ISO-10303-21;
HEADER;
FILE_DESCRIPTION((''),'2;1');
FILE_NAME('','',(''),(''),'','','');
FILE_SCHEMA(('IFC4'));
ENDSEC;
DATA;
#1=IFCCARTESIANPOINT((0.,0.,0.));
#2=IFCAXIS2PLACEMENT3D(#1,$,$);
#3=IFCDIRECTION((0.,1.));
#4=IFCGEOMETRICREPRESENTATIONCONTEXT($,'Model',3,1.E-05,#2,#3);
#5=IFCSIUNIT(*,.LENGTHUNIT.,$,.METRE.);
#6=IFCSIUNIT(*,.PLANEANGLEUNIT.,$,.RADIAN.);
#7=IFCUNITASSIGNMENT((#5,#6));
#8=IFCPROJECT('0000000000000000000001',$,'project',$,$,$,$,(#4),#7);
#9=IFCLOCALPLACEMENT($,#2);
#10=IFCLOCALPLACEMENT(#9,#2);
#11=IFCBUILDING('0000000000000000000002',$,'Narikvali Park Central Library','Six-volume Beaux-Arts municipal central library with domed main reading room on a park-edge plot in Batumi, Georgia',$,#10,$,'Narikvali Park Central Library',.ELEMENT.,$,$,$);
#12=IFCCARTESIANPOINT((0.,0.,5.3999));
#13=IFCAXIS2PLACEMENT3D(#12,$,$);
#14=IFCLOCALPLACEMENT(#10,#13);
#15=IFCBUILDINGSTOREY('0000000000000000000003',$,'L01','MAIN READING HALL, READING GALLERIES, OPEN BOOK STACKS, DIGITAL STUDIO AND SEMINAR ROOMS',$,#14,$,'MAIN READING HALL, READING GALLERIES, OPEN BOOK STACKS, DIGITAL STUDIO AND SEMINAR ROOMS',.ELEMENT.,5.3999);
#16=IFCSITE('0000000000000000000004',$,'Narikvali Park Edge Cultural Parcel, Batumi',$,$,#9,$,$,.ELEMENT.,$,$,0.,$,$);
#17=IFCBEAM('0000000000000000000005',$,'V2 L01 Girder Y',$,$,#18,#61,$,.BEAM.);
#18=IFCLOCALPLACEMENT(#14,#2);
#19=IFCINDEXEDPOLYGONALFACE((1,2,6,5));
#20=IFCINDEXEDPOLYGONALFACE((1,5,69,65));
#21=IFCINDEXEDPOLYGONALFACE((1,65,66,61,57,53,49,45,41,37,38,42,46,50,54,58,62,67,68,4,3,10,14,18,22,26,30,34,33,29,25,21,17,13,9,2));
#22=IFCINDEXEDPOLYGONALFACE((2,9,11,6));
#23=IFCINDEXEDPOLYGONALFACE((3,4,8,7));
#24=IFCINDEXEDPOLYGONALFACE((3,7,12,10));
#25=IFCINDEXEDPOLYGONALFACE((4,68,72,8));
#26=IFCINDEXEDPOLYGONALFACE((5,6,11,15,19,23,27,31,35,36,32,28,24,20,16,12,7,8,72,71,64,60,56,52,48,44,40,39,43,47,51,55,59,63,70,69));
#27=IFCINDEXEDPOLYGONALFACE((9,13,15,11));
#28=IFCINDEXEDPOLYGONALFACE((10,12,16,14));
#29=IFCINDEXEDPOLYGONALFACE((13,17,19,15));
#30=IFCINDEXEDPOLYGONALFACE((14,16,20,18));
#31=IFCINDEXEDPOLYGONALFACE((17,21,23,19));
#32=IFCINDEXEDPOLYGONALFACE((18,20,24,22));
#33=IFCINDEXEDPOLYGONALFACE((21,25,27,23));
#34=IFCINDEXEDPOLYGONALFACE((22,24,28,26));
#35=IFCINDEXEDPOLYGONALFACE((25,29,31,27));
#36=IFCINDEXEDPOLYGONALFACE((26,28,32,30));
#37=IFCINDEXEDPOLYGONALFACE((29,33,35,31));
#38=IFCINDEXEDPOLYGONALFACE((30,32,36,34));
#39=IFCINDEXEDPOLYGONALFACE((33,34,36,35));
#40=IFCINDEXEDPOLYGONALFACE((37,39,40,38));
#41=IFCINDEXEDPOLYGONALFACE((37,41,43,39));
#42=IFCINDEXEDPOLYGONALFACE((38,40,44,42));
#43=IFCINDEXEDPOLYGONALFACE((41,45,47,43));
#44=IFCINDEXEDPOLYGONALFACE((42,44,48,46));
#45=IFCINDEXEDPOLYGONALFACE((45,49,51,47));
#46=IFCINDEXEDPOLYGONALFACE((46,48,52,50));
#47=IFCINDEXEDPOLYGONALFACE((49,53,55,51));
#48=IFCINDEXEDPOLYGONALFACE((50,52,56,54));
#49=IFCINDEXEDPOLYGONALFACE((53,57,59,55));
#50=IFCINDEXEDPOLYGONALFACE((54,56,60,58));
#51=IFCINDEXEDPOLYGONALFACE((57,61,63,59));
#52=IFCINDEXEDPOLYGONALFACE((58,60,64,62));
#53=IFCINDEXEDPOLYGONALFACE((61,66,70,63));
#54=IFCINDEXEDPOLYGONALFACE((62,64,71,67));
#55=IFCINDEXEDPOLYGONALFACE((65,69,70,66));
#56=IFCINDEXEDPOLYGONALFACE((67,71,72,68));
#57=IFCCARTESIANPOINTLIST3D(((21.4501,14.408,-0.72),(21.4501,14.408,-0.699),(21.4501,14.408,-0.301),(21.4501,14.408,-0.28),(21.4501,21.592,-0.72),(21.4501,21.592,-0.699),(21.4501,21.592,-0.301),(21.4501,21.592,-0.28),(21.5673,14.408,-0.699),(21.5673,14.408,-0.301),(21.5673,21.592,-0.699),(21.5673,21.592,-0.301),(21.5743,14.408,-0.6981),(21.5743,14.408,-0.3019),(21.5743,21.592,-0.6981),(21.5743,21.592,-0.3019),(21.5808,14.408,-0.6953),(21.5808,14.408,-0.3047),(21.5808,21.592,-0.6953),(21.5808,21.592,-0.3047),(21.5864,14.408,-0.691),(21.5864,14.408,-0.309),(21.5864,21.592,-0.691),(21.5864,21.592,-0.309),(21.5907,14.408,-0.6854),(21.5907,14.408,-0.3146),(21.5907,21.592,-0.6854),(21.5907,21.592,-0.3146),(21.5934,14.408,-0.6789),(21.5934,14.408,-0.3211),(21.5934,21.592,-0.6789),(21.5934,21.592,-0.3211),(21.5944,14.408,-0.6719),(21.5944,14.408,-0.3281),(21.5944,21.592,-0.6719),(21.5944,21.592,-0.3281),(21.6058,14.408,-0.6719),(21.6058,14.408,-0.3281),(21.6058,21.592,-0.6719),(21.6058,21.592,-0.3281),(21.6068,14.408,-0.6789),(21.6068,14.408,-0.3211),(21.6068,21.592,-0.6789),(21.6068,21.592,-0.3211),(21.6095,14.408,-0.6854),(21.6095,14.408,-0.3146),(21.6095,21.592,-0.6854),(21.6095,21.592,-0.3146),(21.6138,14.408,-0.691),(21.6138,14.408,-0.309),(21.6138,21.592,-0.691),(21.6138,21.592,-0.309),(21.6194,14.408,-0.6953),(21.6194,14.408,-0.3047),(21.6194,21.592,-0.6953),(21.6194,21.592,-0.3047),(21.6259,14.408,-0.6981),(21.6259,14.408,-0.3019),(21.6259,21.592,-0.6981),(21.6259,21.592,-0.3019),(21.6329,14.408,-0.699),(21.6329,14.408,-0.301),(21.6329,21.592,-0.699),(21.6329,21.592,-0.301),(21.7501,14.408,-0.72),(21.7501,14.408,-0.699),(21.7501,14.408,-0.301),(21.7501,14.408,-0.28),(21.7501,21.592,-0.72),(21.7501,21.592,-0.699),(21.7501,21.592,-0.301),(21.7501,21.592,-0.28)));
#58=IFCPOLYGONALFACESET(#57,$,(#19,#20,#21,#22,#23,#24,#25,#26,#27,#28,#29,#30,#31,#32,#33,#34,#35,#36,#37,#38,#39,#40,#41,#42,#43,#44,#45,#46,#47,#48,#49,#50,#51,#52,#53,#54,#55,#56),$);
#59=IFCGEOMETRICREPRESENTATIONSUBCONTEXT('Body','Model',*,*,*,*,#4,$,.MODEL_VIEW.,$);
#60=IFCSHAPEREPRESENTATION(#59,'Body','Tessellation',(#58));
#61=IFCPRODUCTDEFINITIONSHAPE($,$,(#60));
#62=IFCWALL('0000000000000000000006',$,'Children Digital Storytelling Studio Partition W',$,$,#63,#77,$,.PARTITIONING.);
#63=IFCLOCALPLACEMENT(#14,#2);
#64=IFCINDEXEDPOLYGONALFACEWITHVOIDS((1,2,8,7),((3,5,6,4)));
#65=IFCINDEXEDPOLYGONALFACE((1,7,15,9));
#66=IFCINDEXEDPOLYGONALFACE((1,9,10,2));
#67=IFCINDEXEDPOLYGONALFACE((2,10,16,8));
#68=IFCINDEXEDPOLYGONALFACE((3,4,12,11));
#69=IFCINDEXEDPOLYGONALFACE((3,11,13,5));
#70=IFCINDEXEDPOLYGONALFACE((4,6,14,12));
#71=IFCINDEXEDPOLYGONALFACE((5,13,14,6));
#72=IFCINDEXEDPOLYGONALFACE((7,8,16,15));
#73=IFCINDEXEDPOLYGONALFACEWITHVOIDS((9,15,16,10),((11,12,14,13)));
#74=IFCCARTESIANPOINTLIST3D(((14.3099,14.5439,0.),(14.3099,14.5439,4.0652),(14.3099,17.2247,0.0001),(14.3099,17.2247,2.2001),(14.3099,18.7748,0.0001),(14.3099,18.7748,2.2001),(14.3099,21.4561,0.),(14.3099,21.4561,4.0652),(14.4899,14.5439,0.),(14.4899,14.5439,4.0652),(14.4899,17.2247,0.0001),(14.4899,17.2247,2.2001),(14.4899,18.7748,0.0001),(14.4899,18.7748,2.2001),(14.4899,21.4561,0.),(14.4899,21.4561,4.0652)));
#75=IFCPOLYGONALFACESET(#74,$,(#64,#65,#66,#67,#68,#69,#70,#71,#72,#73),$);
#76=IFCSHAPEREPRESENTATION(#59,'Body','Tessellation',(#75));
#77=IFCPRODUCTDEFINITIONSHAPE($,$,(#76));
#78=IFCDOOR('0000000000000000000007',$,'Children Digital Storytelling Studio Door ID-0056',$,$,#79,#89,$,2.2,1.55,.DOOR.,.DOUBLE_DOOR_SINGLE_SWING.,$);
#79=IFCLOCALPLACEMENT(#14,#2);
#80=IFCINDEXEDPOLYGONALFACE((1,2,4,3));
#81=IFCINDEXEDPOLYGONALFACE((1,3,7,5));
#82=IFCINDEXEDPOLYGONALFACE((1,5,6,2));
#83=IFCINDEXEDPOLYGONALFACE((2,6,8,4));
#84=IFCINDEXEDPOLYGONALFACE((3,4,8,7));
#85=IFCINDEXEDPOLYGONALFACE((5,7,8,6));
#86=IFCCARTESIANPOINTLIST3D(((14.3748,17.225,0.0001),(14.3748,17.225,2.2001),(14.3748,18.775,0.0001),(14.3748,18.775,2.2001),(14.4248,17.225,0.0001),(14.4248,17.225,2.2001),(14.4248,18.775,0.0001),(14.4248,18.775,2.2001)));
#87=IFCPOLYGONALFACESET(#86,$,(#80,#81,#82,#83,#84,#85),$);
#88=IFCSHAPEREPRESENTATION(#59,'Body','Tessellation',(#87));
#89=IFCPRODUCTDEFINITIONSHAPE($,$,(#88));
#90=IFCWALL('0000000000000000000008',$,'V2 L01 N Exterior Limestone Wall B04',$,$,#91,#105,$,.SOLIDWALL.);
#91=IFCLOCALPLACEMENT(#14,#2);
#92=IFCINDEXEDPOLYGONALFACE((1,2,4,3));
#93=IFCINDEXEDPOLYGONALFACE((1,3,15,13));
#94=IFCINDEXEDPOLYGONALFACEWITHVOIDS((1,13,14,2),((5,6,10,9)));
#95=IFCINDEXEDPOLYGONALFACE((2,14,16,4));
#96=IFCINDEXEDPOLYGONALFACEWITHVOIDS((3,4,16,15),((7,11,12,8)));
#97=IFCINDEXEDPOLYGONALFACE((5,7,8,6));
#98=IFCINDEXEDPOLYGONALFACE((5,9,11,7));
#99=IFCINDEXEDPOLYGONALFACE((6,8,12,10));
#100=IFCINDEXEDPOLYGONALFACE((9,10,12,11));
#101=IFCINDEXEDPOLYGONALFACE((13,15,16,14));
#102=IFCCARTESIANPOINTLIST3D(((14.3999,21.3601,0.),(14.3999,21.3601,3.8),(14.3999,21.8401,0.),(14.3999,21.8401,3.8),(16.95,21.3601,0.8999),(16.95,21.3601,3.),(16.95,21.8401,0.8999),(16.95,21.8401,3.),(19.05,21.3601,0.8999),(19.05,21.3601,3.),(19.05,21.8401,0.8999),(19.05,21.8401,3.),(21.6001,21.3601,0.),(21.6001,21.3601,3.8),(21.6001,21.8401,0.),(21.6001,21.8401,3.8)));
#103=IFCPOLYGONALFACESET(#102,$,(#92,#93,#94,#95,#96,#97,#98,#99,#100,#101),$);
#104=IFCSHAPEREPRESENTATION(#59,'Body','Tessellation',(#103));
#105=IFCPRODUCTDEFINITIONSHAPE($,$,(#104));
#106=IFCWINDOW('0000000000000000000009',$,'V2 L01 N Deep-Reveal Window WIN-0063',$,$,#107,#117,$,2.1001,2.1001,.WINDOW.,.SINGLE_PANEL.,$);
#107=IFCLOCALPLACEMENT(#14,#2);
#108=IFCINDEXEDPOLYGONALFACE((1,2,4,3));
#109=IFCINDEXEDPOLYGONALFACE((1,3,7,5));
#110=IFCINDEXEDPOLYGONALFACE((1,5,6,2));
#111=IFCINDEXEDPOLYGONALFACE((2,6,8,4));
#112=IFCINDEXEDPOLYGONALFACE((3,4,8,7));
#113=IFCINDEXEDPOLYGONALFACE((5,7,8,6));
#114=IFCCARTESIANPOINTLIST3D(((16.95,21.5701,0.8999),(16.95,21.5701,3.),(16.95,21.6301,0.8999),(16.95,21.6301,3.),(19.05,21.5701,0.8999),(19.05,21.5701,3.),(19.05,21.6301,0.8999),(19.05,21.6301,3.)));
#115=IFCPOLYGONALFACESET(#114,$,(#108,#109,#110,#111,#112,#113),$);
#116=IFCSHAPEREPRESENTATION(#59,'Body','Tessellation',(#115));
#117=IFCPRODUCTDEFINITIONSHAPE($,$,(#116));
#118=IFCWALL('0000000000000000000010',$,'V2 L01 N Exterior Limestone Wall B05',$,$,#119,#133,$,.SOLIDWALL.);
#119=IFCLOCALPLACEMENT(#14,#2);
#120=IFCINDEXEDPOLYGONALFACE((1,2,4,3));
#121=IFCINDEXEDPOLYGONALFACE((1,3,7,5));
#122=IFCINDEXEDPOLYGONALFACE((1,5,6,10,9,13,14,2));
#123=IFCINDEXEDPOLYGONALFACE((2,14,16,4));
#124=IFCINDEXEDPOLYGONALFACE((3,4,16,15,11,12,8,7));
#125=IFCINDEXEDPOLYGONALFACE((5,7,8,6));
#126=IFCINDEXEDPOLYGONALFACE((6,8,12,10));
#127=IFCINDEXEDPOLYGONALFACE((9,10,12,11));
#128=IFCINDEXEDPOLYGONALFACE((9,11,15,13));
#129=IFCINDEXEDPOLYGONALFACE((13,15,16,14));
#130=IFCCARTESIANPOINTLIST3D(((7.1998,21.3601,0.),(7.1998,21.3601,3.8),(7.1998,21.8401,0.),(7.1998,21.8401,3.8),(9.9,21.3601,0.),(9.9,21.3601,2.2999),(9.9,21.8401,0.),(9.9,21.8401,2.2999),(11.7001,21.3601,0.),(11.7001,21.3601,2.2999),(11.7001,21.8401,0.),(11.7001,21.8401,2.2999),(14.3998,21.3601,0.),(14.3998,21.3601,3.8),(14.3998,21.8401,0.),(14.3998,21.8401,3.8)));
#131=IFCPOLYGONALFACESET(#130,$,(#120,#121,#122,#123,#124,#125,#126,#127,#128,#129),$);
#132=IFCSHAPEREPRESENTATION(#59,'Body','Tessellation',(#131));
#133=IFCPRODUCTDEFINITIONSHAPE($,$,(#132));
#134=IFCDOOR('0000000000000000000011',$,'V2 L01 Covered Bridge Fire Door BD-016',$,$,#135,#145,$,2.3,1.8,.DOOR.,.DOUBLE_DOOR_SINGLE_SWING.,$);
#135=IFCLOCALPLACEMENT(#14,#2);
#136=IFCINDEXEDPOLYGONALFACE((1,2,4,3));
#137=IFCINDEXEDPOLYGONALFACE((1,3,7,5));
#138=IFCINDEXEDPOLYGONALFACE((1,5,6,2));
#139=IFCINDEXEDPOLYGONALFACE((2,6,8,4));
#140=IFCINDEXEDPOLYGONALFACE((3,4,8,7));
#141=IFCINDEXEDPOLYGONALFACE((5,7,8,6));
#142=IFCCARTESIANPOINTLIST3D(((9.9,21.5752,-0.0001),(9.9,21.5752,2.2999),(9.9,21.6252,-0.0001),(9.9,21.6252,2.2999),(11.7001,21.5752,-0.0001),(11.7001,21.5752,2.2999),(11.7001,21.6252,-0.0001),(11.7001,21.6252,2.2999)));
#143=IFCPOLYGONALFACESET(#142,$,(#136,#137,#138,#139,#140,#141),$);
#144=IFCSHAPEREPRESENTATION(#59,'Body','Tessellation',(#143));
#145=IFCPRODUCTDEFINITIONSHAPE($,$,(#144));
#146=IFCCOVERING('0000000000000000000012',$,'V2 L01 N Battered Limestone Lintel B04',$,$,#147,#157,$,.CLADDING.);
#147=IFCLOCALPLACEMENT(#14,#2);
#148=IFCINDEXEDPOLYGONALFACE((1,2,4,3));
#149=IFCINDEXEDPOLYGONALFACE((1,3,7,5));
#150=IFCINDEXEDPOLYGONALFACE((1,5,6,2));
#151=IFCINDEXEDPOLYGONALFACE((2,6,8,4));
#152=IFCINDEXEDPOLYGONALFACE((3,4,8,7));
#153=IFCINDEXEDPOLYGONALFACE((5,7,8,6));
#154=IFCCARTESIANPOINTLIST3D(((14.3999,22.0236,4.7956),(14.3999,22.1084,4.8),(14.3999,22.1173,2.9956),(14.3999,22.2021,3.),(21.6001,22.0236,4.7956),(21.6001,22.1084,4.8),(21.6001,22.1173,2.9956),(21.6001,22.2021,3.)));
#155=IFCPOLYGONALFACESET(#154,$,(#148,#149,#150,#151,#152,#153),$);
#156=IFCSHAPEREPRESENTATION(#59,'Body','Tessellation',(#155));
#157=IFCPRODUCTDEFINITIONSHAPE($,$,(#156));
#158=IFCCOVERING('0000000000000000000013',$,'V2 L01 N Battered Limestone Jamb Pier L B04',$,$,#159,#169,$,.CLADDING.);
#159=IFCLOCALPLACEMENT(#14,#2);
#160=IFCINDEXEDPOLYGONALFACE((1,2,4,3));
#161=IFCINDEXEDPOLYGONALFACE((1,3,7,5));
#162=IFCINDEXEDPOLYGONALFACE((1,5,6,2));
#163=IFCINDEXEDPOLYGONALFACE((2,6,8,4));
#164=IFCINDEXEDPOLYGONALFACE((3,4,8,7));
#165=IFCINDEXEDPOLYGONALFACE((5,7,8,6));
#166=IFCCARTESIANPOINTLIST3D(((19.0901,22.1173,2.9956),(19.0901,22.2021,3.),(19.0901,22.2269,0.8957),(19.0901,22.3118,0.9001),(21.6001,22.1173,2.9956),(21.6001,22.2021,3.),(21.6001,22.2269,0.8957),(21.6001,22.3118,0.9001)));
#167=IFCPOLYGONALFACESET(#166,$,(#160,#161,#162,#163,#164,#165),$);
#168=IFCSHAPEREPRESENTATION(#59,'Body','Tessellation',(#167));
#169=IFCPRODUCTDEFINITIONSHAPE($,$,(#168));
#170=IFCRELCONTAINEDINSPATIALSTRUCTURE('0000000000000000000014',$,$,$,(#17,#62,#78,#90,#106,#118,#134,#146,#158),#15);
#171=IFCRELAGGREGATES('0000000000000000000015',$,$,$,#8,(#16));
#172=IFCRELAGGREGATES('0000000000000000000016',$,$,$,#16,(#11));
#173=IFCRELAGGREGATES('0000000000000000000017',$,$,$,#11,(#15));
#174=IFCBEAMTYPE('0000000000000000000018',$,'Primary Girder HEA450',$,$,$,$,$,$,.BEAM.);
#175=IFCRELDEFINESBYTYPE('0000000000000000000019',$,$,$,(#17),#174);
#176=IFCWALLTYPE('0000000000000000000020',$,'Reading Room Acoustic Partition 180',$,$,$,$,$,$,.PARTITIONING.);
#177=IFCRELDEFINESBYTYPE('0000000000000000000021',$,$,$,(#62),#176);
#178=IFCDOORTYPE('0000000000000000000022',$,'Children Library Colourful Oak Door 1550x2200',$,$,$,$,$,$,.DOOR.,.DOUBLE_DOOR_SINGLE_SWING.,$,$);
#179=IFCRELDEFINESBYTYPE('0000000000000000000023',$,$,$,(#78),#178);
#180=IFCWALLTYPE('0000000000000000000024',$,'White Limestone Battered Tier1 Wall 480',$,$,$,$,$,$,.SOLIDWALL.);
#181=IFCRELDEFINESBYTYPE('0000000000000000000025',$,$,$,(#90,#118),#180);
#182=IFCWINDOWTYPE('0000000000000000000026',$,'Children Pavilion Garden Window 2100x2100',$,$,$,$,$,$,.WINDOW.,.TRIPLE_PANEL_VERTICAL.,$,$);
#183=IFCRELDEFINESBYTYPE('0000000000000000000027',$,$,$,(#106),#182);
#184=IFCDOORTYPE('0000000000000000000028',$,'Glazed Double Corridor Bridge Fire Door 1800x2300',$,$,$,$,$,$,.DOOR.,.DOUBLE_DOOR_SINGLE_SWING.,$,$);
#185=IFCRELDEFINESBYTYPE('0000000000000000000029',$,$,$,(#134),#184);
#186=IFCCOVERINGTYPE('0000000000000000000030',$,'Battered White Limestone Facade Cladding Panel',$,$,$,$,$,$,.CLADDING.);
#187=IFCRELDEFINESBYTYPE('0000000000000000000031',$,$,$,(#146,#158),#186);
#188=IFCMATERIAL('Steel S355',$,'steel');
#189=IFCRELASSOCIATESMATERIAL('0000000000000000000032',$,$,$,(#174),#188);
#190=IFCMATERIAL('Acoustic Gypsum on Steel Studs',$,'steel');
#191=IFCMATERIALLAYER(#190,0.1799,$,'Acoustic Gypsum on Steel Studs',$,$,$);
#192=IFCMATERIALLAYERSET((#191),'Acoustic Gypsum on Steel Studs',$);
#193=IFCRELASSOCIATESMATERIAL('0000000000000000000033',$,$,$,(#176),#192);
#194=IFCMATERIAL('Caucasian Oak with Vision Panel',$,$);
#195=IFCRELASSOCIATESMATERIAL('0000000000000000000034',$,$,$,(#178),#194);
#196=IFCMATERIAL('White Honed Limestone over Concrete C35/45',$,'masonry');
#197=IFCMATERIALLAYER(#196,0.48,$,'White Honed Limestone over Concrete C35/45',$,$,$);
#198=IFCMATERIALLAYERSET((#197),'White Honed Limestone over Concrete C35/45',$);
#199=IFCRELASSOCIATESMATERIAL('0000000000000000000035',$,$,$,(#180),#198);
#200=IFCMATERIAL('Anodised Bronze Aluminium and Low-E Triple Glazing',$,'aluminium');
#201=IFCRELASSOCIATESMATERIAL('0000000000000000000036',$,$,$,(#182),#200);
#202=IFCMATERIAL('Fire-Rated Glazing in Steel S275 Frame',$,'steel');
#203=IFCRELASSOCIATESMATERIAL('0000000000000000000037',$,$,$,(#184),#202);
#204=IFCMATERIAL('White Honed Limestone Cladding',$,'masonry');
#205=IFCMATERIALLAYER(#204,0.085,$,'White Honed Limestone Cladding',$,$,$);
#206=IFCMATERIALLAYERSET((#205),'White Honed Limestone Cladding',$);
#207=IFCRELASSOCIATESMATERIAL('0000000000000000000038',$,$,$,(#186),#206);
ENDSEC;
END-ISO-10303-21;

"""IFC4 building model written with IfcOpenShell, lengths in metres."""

from ifc_helpers import new_model, si_unit, direction, frame, frame_2d, origin, origin_2d, place, context, subcontext, project, spatial, polyline, rectangle, i_section, outline, extrude, material, layer, layer_set, material_profile, profile_set, type_object, element, fill, save


model = new_model("IFC4")

# Units and contexts
model_context = context("Model", 3, precision=1e-05, world=origin(), true_north=direction((0.0, 1.0)))
body_context = subcontext(model_context, "Body", "Model", "MODEL_VIEW")
ifc_project = project(units=[si_unit("LENGTHUNIT", "METRE"), si_unit("PLANEANGLEUNIT", "RADIAN")], contexts=[model_context])

# Site, building, storey
site_placement = place(None, origin())
site = spatial("IfcSite", under=ifc_project, at=site_placement, Name="Narikvali Park Edge Cultural Parcel, Batumi", CompositionType="ELEMENT", RefElevation=0.0)
building_placement = place(site_placement, origin())
building = spatial("IfcBuilding", under=site, at=building_placement, Name="Narikvali Park Central Library", Description="Six-volume Beaux-Arts municipal central library with domed main reading room on a park-edge plot in Batumi, Georgia", LongName="Narikvali Park Central Library", CompositionType="ELEMENT")
storey_placement = place(building_placement, frame((0.0, 0.0, 5.3999)))
storey = spatial("IfcBuildingStorey", under=building, at=storey_placement, Name="L01", Description="MAIN READING HALL, READING GALLERIES, OPEN BOOK STACKS, DIGITAL STUDIO AND SEMINAR ROOMS", LongName="MAIN READING HALL, READING GALLERIES, OPEN BOOK STACKS, DIGITAL STUDIO AND SEMINAR ROOMS", CompositionType="ELEMENT", Elevation=5.3999)

# Shared definitions
ifc_material_1 = material(Name="Steel S355", Category="steel")

# Beam
ifc_material_profile_1 = material_profile(ifc_material_1, i_section(OverallWidth=0.3, OverallDepth=0.4399, WebThickness=0.0115, FlangeThickness=0.021, FilletRadius=0.0271, at=origin_2d()), Name="HEA 450")
ifc_profile_set_1 = profile_set([ifc_material_profile_1], Name="Steel S355")
beam_type_1 = type_object("IfcBeamType", Name="Primary Girder HEA450", PredefinedType="BEAM", material=ifc_profile_set_1)
for number, where, z_axis, x_axis, name in (
    (1, (21.6001, 14.408, -0.5), (0.0, 1.0, 0.0), (-1.0, 0.0, 0.0), "V2 L01 Girder Y"),
):
    element("IfcBeam", number, at=place(storey_placement, frame(where, z_axis=z_axis, x_axis=x_axis)), inside=storey, type_object=beam_type_1, Name=name, PredefinedType="BEAM", context=body_context, shape_type="SweptSolid", body=[
        extrude(i_section(OverallWidth=0.3, OverallDepth=0.4399, WebThickness=0.0115, FlangeThickness=0.021, FilletRadius=0.0271, at=origin_2d()), origin(), (0.0, 0.0, 1.0), 7.1841),
    ])

# Wall, opening, door
ifc_material_2 = material(Name="Acoustic Gypsum on Steel Studs", Category="steel")
ifc_layer_1 = layer(ifc_material_2, 0.1799, Name="Acoustic Gypsum on Steel Studs")
ifc_layer_set_1 = layer_set([ifc_layer_1], Name="Acoustic Gypsum on Steel Studs")
wall_type_1 = type_object("IfcWallType", Name="Reading Room Acoustic Partition 180", PredefinedType="PARTITIONING", material=ifc_layer_set_1)
wall_1_placement = place(storey_placement, frame((14.3999, 14.5439, 0.0), z_axis=(0.0, 0.0, 1.0), x_axis=(0.0, 1.0, 0.0)))
wall_1 = element("IfcWall", 2, at=wall_1_placement, inside=storey, type_object=wall_type_1, Name="Children Digital Storytelling Studio Partition W", PredefinedType="PARTITIONING", context=body_context, shape_type="SweptSolid", body=[
    extrude(rectangle(XDim=6.9121, YDim=0.1799, at=frame_2d((3.4561, 0.0))), origin(), (0.0, 0.0, 1.0), 4.0652),
])
opening_1_placement = place(wall_1_placement, frame((2.6809, 0.0, 0.0)))
opening_1 = element("IfcOpeningElement", 3, at=opening_1_placement, cuts=wall_1, PredefinedType="OPENING", context=body_context, shape_type="SweptSolid", body=[
    extrude(rectangle(XDim=1.55, YDim=2.2, at=frame_2d((0.7749, 1.1001))), frame((0.0, 0.1021, 0.0), z_axis=(0.0, -1.0, 0.0), x_axis=(1.0, 0.0, 0.0)), (0.0, 0.0, 1.0), 0.2039),
])
ifc_material_3 = material(Name="Caucasian Oak with Vision Panel")
door_type_1 = type_object("IfcDoorType", Name="Children Library Colourful Oak Door 1550x2200", OperationType="DOUBLE_DOOR_SINGLE_SWING", PredefinedType="DOOR", material=ifc_material_3)
door_1_placement = place(opening_1_placement, frame((1.55, 0.0, 0.0), z_axis=(0.0, 0.0, 1.0), x_axis=(-1.0, 0.0, 0.0)))
door_1 = element("IfcDoor", 4, at=door_1_placement, inside=storey, type_object=door_type_1, Name="Children Digital Storytelling Studio Door ID-0056", OperationType="DOUBLE_DOOR_SINGLE_SWING", OverallHeight=2.2, OverallWidth=1.55, PredefinedType="DOOR", context=body_context, shape_type="SweptSolid", body=[
    extrude(rectangle(XDim=1.55, YDim=2.2, at=frame_2d((0.7749, 1.1001))), frame((0.0, 0.0249, 0.0), z_axis=(0.0, -1.0, 0.0), x_axis=(1.0, 0.0, 0.0)), (0.0, 0.0, 1.0), 0.05),
])
fill(opening_1, door_1)

# Wall, opening, window
ifc_material_4 = material(Name="White Honed Limestone over Concrete C35/45", Category="masonry")
ifc_layer_2 = layer(ifc_material_4, 0.48, Name="White Honed Limestone over Concrete C35/45")
ifc_layer_set_2 = layer_set([ifc_layer_2], Name="White Honed Limestone over Concrete C35/45")
wall_type_2 = type_object("IfcWallType", Name="White Limestone Battered Tier1 Wall 480", PredefinedType="SOLIDWALL", material=ifc_layer_set_2)
wall_2_placement = place(storey_placement, frame((21.6001, 21.6001, 0.0), z_axis=(0.0, 0.0, 1.0), x_axis=(-1.0, 0.0, 0.0)))
wall_2 = element("IfcWall", 5, at=wall_2_placement, inside=storey, type_object=wall_type_2, Name="V2 L01 N Exterior Limestone Wall B04", PredefinedType="SOLIDWALL", context=body_context, shape_type="SweptSolid", body=[
    extrude(rectangle(XDim=7.2002, YDim=0.48, at=frame_2d((3.6001, 0.0))), origin(), (0.0, 0.0, 1.0), 3.8),
])
opening_2_placement = place(wall_2_placement, frame((2.55, 0.0, 0.8999)))
opening_2 = element("IfcOpeningElement", 6, at=opening_2_placement, cuts=wall_2, PredefinedType="OPENING", context=body_context, shape_type="SweptSolid", body=[
    extrude(rectangle(XDim=2.1001, YDim=2.1001, at=frame_2d((1.05, 1.05))), frame((0.0, 0.252, 0.0), z_axis=(0.0, -1.0, 0.0), x_axis=(1.0, 0.0, 0.0)), (0.0, 0.0, 1.0), 0.5039),
])
ifc_material_5 = material(Name="Anodised Bronze Aluminium and Low-E Triple Glazing", Category="aluminium")
window_type = type_object("IfcWindowType", Name="Children Pavilion Garden Window 2100x2100", PartitioningType="TRIPLE_PANEL_VERTICAL", PredefinedType="WINDOW", material=ifc_material_5)
window_placement = place(opening_2_placement, origin())
window = element("IfcWindow", 7, at=window_placement, inside=storey, type_object=window_type, Name="V2 L01 N Deep-Reveal Window WIN-0063", OverallHeight=2.1001, OverallWidth=2.1001, PartitioningType="SINGLE_PANEL", PredefinedType="WINDOW", context=body_context, shape_type="SweptSolid", body=[
    extrude(rectangle(XDim=2.1001, YDim=2.1001, at=frame_2d((1.05, 1.05))), frame((0.0, 0.03, 0.0), z_axis=(0.0, -1.0, 0.0), x_axis=(1.0, 0.0, 0.0)), (0.0, 0.0, 1.0), 0.0601),
])
fill(opening_2, window)

# Wall, opening, door
wall_3_placement = place(storey_placement, frame((14.3999, 21.6001, 0.0), z_axis=(0.0, 0.0, 1.0), x_axis=(-1.0, 0.0, 0.0)))
wall_3 = element("IfcWall", 8, at=wall_3_placement, inside=storey, type_object=wall_type_2, Name="V2 L01 N Exterior Limestone Wall B05", PredefinedType="SOLIDWALL", context=body_context, shape_type="SweptSolid", body=[
    extrude(rectangle(XDim=7.2, YDim=0.48, at=frame_2d((3.6001, 0.0))), origin(), (0.0, 0.0, 1.0), 3.8),
])
opening_3_placement = place(wall_3_placement, frame((2.7, 0.0, 0.0)))
opening_3 = element("IfcOpeningElement", 9, at=opening_3_placement, cuts=wall_3, PredefinedType="OPENING", context=body_context, shape_type="SweptSolid", body=[
    extrude(rectangle(XDim=1.8, YDim=2.3, at=frame_2d((0.8999, 1.1499))), frame((0.0, 0.252, 0.0), z_axis=(0.0, -1.0, 0.0), x_axis=(1.0, 0.0, 0.0)), (0.0, 0.0, 1.0), 0.5039),
])
ifc_material_6 = material(Name="Fire-Rated Glazing in Steel S275 Frame", Category="steel")
door_type_2 = type_object("IfcDoorType", Name="Glazed Double Corridor Bridge Fire Door 1800x2300", OperationType="DOUBLE_DOOR_SINGLE_SWING", PredefinedType="DOOR", material=ifc_material_6)
door_2_placement = place(opening_3_placement, origin())
door_2 = element("IfcDoor", 10, at=door_2_placement, inside=storey, type_object=door_type_2, Name="V2 L01 Covered Bridge Fire Door BD-016", OperationType="DOUBLE_DOOR_SINGLE_SWING", OverallHeight=2.3, OverallWidth=1.8, PredefinedType="DOOR", context=body_context, shape_type="SweptSolid", body=[
    extrude(rectangle(XDim=1.8, YDim=2.3, at=frame_2d((0.8999, 1.1499))), frame((0.0, 0.0249, 0.0), z_axis=(0.0, -1.0, 0.0), x_axis=(1.0, 0.0, 0.0)), (0.0, 0.0, 1.0), 0.05),
])
fill(opening_3, door_2)

# Coverings
ifc_material_7 = material(Name="White Honed Limestone Cladding", Category="masonry")
ifc_layer_3 = layer(ifc_material_7, 0.085, Name="White Honed Limestone Cladding")
ifc_layer_set_3 = layer_set([ifc_layer_3], Name="White Honed Limestone Cladding")
covering_type = type_object("IfcCoveringType", Name="Battered White Limestone Facade Cladding Panel", PredefinedType="CLADDING", material=ifc_layer_set_3)
covering_placement = place(storey_placement, frame((21.6001, 22.2021, 3.0), z_axis=(0.0, 0.998646, 0.052011), x_axis=(-1.0, 0.0, 0.0)))
element("IfcCovering", 11, at=covering_placement, inside=storey, type_object=covering_type, Name="V2 L01 N Battered Limestone Lintel B04", PredefinedType="CLADDING", context=body_context, shape_type="SweptSolid", body=[
    extrude(outline(polyline([(0.0, 0.0), (7.2002, 0.0), (7.2002, 1.8025), (0.0, 1.8025), (0.0, 0.0)])), origin(), (0.0, 0.0, -1.0), 0.085),
])
for number, where, z_axis, x_axis, name in (
    (12, (21.6001, 22.3118, 0.9001), (0.0, 0.99864, 0.052132), (-1.0, 0.0, 0.0), "V2 L01 N Battered Limestone Jamb Pier L B04"),
):
    element("IfcCovering", number, at=place(storey_placement, frame(where, z_axis=z_axis, x_axis=x_axis)), inside=storey, type_object=covering_type, Name=name, PredefinedType="CLADDING", context=body_context, shape_type="SweptSolid", body=[
        extrude(outline(polyline([(0.0, 0.0), (2.51, 0.0), (2.51, 2.1027), (0.0, 2.1027), (0.0, 0.0)])), origin(), (0.0, 0.0, -1.0), 0.085),
    ])

save(model, "model.ifc")
